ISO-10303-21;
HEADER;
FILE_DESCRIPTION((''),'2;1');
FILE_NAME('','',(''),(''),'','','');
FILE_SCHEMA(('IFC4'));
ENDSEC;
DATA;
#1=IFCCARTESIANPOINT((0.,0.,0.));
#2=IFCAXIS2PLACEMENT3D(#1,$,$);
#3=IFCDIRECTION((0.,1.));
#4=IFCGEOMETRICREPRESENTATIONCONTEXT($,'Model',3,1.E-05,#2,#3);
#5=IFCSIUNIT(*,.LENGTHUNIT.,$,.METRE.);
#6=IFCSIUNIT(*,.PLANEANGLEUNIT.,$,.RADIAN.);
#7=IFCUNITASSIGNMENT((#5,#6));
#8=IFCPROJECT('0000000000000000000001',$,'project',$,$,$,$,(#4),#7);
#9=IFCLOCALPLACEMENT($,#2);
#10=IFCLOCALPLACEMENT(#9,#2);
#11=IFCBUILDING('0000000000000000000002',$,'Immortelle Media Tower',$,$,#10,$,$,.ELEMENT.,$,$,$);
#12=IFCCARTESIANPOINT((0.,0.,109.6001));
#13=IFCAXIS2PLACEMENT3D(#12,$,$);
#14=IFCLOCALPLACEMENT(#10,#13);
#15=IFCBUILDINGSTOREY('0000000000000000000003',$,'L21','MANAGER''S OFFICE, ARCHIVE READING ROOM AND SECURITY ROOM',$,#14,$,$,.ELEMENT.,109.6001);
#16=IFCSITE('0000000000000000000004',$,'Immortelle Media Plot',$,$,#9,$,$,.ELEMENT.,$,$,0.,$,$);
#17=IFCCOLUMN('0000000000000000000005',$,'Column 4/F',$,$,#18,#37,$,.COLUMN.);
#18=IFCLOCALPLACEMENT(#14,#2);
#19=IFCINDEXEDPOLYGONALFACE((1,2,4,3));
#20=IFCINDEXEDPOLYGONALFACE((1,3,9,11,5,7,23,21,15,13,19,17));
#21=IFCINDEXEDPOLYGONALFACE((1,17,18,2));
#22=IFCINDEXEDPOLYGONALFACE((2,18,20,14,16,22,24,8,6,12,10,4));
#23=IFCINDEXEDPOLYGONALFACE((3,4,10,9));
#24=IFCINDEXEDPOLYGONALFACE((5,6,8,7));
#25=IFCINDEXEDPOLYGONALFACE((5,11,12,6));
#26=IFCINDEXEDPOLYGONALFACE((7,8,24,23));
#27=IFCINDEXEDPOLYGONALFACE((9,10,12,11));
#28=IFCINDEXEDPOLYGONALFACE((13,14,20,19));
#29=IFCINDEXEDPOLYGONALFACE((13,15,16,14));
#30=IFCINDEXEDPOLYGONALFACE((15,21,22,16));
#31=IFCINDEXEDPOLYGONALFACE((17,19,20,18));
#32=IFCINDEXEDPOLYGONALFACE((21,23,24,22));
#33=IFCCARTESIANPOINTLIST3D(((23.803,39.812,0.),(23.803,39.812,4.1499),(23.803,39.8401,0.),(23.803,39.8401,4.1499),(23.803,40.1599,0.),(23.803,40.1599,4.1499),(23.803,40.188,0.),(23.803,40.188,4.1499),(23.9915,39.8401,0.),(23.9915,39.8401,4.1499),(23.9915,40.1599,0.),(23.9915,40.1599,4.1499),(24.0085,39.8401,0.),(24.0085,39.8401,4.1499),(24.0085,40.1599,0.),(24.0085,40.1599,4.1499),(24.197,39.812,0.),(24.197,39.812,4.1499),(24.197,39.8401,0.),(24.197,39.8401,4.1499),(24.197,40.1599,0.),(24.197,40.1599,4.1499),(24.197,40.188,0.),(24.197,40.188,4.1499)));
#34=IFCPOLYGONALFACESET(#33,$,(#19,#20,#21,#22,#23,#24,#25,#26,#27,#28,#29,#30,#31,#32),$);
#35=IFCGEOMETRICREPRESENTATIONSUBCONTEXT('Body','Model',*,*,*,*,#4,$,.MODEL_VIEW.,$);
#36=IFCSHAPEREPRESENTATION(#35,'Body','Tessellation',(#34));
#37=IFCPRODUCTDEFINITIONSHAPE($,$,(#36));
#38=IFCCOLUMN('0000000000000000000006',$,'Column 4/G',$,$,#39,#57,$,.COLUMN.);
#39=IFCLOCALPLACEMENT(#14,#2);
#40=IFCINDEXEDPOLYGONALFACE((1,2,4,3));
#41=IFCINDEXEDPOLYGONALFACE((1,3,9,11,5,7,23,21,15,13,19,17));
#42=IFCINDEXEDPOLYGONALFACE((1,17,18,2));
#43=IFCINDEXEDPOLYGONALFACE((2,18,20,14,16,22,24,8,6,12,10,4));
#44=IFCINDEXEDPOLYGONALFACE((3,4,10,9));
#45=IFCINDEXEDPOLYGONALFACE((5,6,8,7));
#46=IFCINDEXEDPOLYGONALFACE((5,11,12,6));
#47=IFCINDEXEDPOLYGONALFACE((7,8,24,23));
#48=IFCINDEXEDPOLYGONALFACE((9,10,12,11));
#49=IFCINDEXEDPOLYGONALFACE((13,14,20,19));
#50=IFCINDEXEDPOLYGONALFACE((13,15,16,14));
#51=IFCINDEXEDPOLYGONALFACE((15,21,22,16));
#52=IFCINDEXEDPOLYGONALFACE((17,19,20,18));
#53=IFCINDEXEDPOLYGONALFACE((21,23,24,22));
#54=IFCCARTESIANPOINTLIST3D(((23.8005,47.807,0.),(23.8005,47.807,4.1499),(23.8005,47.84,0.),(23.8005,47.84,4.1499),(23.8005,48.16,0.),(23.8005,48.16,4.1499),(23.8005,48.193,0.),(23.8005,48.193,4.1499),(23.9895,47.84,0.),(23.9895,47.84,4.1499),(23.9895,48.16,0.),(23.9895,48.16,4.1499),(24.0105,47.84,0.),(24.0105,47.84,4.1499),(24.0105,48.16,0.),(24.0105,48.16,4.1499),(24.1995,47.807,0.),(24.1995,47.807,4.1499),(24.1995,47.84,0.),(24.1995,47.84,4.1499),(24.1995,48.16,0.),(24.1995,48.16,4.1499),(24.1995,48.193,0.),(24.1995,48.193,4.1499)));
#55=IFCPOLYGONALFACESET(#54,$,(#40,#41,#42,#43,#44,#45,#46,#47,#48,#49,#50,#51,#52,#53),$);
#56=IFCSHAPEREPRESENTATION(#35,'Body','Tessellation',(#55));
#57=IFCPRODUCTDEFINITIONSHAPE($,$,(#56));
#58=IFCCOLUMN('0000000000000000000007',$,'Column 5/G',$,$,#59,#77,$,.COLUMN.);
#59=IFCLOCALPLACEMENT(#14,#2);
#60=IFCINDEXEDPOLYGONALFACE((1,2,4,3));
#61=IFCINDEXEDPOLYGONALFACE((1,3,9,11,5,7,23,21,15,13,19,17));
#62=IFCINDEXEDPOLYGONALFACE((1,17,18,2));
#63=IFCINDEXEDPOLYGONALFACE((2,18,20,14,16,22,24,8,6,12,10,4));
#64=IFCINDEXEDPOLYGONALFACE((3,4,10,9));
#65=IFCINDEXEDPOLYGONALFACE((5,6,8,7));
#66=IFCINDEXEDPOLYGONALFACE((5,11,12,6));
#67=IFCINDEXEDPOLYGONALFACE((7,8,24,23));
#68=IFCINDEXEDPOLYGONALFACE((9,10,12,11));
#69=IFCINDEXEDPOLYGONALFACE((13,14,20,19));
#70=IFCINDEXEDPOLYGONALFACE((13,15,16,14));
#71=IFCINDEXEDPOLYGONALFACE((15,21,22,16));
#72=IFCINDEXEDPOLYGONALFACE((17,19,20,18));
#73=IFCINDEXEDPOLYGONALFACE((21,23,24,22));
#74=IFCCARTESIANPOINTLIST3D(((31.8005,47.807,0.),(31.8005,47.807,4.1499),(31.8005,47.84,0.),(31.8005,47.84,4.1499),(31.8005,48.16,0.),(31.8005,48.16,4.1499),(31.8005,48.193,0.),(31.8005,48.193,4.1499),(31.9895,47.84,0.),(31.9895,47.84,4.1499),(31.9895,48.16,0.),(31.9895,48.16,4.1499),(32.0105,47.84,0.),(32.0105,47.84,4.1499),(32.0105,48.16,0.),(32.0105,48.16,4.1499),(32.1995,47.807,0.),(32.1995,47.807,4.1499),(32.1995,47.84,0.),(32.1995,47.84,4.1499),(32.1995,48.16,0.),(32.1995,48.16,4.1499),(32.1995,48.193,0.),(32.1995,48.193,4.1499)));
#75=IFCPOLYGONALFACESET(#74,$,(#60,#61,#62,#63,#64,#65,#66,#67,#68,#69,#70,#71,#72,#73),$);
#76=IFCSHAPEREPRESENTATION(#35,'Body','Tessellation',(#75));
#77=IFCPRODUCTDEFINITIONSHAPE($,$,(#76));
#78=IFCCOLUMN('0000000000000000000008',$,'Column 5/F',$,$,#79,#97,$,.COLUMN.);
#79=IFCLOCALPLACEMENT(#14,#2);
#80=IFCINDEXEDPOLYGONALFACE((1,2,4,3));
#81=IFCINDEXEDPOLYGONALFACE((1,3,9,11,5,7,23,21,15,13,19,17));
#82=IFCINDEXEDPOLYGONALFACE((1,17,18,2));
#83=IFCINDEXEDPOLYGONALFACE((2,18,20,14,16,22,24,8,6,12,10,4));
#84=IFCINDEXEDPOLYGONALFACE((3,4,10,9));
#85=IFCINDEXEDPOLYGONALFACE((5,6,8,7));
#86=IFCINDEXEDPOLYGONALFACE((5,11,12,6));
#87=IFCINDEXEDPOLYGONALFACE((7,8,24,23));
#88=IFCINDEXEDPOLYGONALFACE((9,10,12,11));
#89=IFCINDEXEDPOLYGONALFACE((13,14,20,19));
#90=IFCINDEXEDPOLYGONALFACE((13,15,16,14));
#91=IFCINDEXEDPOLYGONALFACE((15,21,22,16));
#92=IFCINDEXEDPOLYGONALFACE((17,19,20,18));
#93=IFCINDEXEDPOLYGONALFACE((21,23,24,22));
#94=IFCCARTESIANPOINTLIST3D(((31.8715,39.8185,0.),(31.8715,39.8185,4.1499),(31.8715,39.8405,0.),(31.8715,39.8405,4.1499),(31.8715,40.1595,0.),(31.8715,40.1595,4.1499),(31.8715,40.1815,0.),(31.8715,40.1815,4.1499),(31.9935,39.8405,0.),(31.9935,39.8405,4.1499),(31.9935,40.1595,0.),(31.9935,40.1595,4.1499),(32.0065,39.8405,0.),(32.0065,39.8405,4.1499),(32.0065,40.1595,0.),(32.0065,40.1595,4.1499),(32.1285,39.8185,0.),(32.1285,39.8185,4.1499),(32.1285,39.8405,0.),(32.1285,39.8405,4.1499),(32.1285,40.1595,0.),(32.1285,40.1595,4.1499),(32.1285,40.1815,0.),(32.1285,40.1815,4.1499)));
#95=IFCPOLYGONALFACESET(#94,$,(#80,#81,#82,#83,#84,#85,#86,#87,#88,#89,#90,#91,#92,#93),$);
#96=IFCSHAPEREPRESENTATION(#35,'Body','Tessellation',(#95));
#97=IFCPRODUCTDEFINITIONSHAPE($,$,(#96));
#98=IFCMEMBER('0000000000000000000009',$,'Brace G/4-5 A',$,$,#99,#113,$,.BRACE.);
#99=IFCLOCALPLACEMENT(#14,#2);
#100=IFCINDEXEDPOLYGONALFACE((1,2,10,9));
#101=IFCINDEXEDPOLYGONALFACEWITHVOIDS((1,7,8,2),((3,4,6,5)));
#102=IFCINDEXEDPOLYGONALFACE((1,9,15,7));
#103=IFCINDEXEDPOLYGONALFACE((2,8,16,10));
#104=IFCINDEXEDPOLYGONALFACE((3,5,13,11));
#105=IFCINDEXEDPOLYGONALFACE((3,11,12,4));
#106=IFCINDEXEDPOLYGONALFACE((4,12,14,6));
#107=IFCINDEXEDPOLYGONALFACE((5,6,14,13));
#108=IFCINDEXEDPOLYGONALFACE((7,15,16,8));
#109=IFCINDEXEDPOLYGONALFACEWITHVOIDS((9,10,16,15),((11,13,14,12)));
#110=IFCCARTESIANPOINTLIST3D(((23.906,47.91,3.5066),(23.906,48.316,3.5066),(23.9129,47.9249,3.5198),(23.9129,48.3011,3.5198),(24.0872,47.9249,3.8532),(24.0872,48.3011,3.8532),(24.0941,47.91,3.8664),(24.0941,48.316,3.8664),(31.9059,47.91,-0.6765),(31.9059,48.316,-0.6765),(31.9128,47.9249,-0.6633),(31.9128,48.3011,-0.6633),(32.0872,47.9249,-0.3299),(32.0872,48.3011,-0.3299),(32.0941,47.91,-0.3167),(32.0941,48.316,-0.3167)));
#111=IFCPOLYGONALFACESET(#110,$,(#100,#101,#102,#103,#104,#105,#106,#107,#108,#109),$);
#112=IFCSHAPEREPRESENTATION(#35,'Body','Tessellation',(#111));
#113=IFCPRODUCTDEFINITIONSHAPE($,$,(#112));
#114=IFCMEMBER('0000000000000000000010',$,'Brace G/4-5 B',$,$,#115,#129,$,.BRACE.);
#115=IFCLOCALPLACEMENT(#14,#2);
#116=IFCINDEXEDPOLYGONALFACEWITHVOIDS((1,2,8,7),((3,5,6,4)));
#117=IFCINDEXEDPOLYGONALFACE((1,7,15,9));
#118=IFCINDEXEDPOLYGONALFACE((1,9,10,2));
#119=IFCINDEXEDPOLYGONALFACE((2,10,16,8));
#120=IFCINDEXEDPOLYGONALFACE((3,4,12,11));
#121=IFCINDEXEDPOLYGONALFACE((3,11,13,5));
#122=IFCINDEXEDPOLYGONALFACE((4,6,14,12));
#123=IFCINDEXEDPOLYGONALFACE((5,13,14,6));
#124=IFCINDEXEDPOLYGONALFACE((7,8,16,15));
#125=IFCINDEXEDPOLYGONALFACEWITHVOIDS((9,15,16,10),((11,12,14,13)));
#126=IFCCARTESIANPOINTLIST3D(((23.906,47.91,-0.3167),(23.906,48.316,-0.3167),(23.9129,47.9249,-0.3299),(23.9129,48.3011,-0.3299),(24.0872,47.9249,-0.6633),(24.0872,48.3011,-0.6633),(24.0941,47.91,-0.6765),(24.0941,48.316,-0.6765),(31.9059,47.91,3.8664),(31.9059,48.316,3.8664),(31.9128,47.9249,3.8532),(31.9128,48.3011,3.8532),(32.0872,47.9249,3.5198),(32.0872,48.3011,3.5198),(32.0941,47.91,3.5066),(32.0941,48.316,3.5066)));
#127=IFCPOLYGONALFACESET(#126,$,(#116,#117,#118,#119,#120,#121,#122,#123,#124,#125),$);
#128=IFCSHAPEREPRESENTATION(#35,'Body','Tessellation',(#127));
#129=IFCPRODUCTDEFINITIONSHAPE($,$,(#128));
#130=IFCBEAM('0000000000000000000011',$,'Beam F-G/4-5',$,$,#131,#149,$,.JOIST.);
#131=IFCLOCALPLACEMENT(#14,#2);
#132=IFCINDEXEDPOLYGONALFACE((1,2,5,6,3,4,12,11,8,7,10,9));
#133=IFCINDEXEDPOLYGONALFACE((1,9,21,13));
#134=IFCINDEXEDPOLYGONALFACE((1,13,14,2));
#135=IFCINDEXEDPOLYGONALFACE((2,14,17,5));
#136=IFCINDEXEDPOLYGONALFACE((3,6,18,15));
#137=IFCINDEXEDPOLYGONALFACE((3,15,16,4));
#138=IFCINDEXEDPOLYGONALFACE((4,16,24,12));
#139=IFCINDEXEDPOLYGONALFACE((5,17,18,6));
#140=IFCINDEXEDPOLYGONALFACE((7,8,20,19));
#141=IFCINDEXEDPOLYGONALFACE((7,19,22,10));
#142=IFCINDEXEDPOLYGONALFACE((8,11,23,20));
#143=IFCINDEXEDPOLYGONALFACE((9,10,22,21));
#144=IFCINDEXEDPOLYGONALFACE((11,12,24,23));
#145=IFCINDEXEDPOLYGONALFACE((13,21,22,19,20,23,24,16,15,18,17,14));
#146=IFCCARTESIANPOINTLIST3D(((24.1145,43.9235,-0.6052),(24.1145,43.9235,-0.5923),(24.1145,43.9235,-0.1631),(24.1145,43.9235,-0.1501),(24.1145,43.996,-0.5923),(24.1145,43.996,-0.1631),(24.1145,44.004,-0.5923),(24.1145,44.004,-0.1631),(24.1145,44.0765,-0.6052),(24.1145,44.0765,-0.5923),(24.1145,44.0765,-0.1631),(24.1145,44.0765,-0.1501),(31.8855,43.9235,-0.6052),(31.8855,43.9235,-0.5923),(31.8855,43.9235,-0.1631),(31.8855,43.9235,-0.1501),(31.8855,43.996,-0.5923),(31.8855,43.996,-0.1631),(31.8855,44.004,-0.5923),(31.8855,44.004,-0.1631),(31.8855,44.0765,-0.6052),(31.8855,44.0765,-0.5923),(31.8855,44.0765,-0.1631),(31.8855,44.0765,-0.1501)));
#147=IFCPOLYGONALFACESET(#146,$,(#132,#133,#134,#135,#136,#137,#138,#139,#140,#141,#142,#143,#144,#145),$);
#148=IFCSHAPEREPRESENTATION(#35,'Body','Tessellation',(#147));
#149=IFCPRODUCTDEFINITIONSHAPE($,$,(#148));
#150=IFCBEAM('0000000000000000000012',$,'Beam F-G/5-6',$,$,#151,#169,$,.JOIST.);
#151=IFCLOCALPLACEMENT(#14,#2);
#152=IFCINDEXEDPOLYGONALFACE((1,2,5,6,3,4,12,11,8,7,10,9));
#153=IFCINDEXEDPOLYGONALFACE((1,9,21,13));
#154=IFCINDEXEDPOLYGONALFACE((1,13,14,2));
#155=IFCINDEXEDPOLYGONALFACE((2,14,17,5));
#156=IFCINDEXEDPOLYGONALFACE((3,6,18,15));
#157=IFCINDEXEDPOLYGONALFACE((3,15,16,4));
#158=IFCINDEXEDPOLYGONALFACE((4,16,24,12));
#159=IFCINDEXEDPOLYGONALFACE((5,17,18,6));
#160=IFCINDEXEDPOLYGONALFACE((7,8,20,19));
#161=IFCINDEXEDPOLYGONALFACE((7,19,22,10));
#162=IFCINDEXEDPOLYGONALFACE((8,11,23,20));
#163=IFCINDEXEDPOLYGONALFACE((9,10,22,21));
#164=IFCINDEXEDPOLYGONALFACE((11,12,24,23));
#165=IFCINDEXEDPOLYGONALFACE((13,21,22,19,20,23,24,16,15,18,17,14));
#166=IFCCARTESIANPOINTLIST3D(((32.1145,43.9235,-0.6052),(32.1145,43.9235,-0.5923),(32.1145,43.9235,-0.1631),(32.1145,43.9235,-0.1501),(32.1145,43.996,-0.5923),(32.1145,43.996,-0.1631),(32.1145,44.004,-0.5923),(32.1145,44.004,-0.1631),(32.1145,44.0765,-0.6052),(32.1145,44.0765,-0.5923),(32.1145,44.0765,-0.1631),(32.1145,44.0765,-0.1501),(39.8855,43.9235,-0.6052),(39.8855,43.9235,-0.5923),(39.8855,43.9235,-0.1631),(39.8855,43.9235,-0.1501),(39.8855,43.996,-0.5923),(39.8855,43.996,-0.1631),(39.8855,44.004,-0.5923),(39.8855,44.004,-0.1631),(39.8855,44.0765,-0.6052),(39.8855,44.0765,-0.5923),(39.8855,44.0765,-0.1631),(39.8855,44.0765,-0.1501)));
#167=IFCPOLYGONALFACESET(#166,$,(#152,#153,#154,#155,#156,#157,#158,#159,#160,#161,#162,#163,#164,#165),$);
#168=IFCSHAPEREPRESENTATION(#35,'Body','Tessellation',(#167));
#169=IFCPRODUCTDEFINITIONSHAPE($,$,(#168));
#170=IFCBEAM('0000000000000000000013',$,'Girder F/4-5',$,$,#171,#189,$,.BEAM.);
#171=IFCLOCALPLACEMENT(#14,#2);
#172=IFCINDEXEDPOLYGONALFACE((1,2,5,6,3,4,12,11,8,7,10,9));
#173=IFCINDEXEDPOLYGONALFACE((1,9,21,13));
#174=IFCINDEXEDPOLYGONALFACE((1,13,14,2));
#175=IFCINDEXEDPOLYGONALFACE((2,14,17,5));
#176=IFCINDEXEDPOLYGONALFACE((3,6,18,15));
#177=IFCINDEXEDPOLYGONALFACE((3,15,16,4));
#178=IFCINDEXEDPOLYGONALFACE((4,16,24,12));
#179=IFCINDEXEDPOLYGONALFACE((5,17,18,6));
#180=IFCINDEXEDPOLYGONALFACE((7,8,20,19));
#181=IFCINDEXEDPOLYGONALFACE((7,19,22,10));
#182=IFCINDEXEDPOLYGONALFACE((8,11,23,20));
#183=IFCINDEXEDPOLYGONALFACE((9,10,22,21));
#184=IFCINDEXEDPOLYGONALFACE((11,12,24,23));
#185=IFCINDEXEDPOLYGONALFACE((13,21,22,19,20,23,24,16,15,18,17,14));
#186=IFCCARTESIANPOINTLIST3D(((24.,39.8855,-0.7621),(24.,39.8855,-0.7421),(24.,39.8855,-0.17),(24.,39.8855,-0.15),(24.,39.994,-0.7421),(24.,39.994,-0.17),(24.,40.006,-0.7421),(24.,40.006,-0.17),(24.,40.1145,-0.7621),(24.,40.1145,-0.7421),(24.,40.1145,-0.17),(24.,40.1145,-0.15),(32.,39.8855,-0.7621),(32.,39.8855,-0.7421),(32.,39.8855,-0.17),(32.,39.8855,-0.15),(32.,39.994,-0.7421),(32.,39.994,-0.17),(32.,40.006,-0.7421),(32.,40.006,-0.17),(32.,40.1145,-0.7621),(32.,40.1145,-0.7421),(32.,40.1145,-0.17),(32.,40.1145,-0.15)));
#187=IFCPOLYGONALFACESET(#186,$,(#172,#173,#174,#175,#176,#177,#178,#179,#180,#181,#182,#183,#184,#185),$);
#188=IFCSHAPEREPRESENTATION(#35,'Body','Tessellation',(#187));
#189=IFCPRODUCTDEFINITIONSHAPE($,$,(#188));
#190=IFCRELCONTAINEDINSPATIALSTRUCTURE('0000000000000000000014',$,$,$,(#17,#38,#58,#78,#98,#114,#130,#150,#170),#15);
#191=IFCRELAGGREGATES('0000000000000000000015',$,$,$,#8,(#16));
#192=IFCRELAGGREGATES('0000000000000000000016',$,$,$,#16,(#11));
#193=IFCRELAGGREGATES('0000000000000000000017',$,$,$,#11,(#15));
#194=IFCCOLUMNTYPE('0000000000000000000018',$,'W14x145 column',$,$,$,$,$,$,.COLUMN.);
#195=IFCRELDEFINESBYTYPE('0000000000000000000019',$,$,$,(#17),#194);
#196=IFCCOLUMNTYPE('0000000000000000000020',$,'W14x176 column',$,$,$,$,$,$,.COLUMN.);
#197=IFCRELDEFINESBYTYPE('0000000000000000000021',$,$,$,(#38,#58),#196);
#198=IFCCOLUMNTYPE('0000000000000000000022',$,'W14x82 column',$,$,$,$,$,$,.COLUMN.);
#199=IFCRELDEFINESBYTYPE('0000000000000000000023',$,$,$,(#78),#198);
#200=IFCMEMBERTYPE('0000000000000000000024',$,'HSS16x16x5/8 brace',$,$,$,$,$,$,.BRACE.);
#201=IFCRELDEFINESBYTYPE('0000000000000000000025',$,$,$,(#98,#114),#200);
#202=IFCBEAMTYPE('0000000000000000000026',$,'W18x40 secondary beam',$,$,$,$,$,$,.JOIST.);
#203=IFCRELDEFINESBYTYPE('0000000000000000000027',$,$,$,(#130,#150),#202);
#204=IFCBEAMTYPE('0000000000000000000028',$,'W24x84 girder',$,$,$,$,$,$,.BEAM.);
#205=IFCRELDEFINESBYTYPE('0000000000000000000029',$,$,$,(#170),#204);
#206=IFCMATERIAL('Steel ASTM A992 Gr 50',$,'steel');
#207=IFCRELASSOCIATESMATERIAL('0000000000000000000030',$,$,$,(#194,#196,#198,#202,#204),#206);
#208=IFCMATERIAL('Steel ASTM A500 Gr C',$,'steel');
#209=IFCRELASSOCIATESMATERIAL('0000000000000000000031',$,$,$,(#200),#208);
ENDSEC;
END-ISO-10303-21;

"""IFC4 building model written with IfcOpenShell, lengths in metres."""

from ifc_helpers import new_model, si_unit, direction, frame, origin, origin_2d, place, context, subcontext, project, spatial, hollow_rectangle, i_section, extrude, material, material_profile, profile_set, type_object, element, save


model = new_model("IFC4")

# Units and contexts
model_context = context("Model", 3, precision=1e-05, world=origin(), true_north=direction((0.0, 1.0)))
body_context = subcontext(model_context, "Body", "Model", "MODEL_VIEW")
ifc_project = project(units=[si_unit("LENGTHUNIT", "METRE"), si_unit("PLANEANGLEUNIT", "RADIAN")], contexts=[model_context])

# Site, building, storey
site_placement = place(None, origin())
site = spatial("IfcSite", under=ifc_project, at=site_placement, Name="Immortelle Media Plot", CompositionType="ELEMENT", RefElevation=0.0)
building_placement = place(site_placement, origin())
building = spatial("IfcBuilding", under=site, at=building_placement, Name="Immortelle Media Tower", CompositionType="ELEMENT")
storey_placement = place(building_placement, frame((0.0, 0.0, 109.6001)))
storey = spatial("IfcBuildingStorey", under=building, at=storey_placement, Name="L21", Description="MANAGER'S OFFICE, ARCHIVE READING ROOM AND SECURITY ROOM", CompositionType="ELEMENT", Elevation=109.6001)

# Columns
ifc_material_1 = material(Name="Steel ASTM A992 Gr 50", Category="steel")
ifc_material_profile_1 = material_profile(ifc_material_1, i_section(OverallWidth=0.394, OverallDepth=0.376, WebThickness=0.0171, FlangeThickness=0.0281, at=origin_2d()), Name="W14x145")
ifc_profile_set_1 = profile_set([ifc_material_profile_1], Name="Steel ASTM A992 Gr 50")
column_type_1 = type_object("IfcColumnType", Name="W14x145 column", PredefinedType="COLUMN", material=ifc_profile_set_1)
column_1_placement = place(storey_placement, frame((24.0, 40.0, 0.0), z_axis=(0.0, 0.0, 1.0), x_axis=(1.0, 0.0, 0.0)))
element("IfcColumn", 1, at=column_1_placement, inside=storey, type_object=column_type_1, Name="Column 4/F", PredefinedType="COLUMN", context=body_context, shape_type="SweptSolid", body=[
    extrude(i_section(OverallWidth=0.394, OverallDepth=0.376, WebThickness=0.0171, FlangeThickness=0.0281, at=origin_2d()), origin(), (0.0, 0.0, 1.0), 4.1499),
])
ifc_material_profile_2 = material_profile(ifc_material_1, i_section(OverallWidth=0.3989, OverallDepth=0.386, WebThickness=0.021, FlangeThickness=0.033, at=origin_2d()), Name="W14x176")
ifc_profile_set_2 = profile_set([ifc_material_profile_2], Name="Steel ASTM A992 Gr 50")
column_type_2 = type_object("IfcColumnType", Name="W14x176 column", PredefinedType="COLUMN", material=ifc_profile_set_2)
for number, where, z_axis, x_axis, name in (
    (2, (24.0, 48.0, 0.0), (0.0, 0.0, 1.0), (1.0, 0.0, 0.0), "Column 4/G"),
    (3, (32.0, 48.0, 0.0), (0.0, 0.0, 1.0), (1.0, 0.0, 0.0), "Column 5/G"),
):
    element("IfcColumn", number, at=place(storey_placement, frame(where, z_axis=z_axis, x_axis=x_axis)), inside=storey, type_object=column_type_2, Name=name, PredefinedType="COLUMN", context=body_context, shape_type="SweptSolid", body=[
        extrude(i_section(OverallWidth=0.3989, OverallDepth=0.386, WebThickness=0.021, FlangeThickness=0.033, at=origin_2d()), origin(), (0.0, 0.0, 1.0), 4.1499),
    ])
ifc_material_profile_3 = material_profile(ifc_material_1, i_section(OverallWidth=0.2571, OverallDepth=0.363, WebThickness=0.0129, FlangeThickness=0.022, at=origin_2d()), Name="W14x82")
ifc_profile_set_3 = profile_set([ifc_material_profile_3], Name="Steel ASTM A992 Gr 50")
column_type_3 = type_object("IfcColumnType", Name="W14x82 column", PredefinedType="COLUMN", material=ifc_profile_set_3)
column_2_placement = place(storey_placement, frame((32.0, 40.0, 0.0), z_axis=(0.0, 0.0, 1.0), x_axis=(1.0, 0.0, 0.0)))
element("IfcColumn", 4, at=column_2_placement, inside=storey, type_object=column_type_3, Name="Column 5/F", PredefinedType="COLUMN", context=body_context, shape_type="SweptSolid", body=[
    extrude(i_section(OverallWidth=0.2571, OverallDepth=0.363, WebThickness=0.0129, FlangeThickness=0.022, at=origin_2d()), origin(), (0.0, 0.0, 1.0), 4.1499),
])

# Members
ifc_material_2 = material(Name="Steel ASTM A500 Gr C", Category="steel")
ifc_material_profile_4 = material_profile(ifc_material_2, hollow_rectangle(XDim=0.406, YDim=0.406, WallThickness=0.0149, at=origin_2d()), Name="HSS16x16x5/8 brace")
ifc_profile_set_4 = profile_set([ifc_material_profile_4], Name="Steel ASTM A500 Gr C")
member_type = type_object("IfcMemberType", Name="HSS16x16x5/8 brace", PredefinedType="BRACE", material=ifc_profile_set_4)
for number, where, z_axis, x_axis, name in (
    (5, (32.0, 48.113, -0.4966), (-0.886167, 0.0, 0.463366), (0.0, -1.0, 0.0), "Brace G/4-5 A"),
    (6, (32.0, 48.113, 3.6865), (-0.886167, 0.0, -0.463366), (0.0, -1.0, 0.0), "Brace G/4-5 B"),
):
    element("IfcMember", number, at=place(storey_placement, frame(where, z_axis=z_axis, x_axis=x_axis)), inside=storey, type_object=member_type, Name=name, PredefinedType="BRACE", context=body_context, shape_type="SweptSolid", body=[
        extrude(hollow_rectangle(XDim=0.406, YDim=0.406, WallThickness=0.0149, at=origin_2d()), origin(), (0.0, 0.0, 1.0), 9.0276),
    ])

# Beams
ifc_material_profile_5 = material_profile(ifc_material_1, i_section(OverallWidth=0.1531, OverallDepth=0.4551, WebThickness=0.0081, FlangeThickness=0.0129, at=origin_2d()), Name="W18x40")
ifc_profile_set_5 = profile_set([ifc_material_profile_5], Name="Steel ASTM A992 Gr 50")
beam_type_1 = type_object("IfcBeamType", Name="W18x40 secondary beam", PredefinedType="JOIST", material=ifc_profile_set_5)
for number, where, z_axis, x_axis, name in (
    (7, (24.1145, 44.0, -0.3777), (1.0, 0.0, 0.0), (0.0, 1.0, 0.0), "Beam F-G/4-5"),
    (8, (32.1145, 44.0, -0.3777), (1.0, 0.0, 0.0), (0.0, 1.0, 0.0), "Beam F-G/5-6"),
):
    element("IfcBeam", number, at=place(storey_placement, frame(where, z_axis=z_axis, x_axis=x_axis)), inside=storey, type_object=beam_type_1, Name=name, PredefinedType="JOIST", context=body_context, shape_type="SweptSolid", body=[
        extrude(i_section(OverallWidth=0.1531, OverallDepth=0.4551, WebThickness=0.0081, FlangeThickness=0.0129, at=origin_2d()), origin(), (0.0, 0.0, 1.0), 7.771),
    ])
ifc_material_profile_6 = material_profile(ifc_material_1, i_section(OverallWidth=0.229, OverallDepth=0.6121, WebThickness=0.012, FlangeThickness=0.02, at=origin_2d()), Name="W24x84")
ifc_profile_set_6 = profile_set([ifc_material_profile_6], Name="Steel ASTM A992 Gr 50")
beam_type_2 = type_object("IfcBeamType", Name="W24x84 girder", PredefinedType="BEAM", material=ifc_profile_set_6)
for number, where, z_axis, x_axis, name in (
    (9, (24.0, 40.0, -0.4561), (1.0, 0.0, 0.0), (0.0, 1.0, 0.0), "Girder F/4-5"),
):
    element("IfcBeam", number, at=place(storey_placement, frame(where, z_axis=z_axis, x_axis=x_axis)), inside=storey, type_object=beam_type_2, Name=name, PredefinedType="BEAM", context=body_context, shape_type="SweptSolid", body=[
        extrude(i_section(OverallWidth=0.229, OverallDepth=0.6121, WebThickness=0.012, FlangeThickness=0.02, at=origin_2d()), origin(), (0.0, 0.0, 1.0), 8.0),
    ])

save(model, "model.ifc")
